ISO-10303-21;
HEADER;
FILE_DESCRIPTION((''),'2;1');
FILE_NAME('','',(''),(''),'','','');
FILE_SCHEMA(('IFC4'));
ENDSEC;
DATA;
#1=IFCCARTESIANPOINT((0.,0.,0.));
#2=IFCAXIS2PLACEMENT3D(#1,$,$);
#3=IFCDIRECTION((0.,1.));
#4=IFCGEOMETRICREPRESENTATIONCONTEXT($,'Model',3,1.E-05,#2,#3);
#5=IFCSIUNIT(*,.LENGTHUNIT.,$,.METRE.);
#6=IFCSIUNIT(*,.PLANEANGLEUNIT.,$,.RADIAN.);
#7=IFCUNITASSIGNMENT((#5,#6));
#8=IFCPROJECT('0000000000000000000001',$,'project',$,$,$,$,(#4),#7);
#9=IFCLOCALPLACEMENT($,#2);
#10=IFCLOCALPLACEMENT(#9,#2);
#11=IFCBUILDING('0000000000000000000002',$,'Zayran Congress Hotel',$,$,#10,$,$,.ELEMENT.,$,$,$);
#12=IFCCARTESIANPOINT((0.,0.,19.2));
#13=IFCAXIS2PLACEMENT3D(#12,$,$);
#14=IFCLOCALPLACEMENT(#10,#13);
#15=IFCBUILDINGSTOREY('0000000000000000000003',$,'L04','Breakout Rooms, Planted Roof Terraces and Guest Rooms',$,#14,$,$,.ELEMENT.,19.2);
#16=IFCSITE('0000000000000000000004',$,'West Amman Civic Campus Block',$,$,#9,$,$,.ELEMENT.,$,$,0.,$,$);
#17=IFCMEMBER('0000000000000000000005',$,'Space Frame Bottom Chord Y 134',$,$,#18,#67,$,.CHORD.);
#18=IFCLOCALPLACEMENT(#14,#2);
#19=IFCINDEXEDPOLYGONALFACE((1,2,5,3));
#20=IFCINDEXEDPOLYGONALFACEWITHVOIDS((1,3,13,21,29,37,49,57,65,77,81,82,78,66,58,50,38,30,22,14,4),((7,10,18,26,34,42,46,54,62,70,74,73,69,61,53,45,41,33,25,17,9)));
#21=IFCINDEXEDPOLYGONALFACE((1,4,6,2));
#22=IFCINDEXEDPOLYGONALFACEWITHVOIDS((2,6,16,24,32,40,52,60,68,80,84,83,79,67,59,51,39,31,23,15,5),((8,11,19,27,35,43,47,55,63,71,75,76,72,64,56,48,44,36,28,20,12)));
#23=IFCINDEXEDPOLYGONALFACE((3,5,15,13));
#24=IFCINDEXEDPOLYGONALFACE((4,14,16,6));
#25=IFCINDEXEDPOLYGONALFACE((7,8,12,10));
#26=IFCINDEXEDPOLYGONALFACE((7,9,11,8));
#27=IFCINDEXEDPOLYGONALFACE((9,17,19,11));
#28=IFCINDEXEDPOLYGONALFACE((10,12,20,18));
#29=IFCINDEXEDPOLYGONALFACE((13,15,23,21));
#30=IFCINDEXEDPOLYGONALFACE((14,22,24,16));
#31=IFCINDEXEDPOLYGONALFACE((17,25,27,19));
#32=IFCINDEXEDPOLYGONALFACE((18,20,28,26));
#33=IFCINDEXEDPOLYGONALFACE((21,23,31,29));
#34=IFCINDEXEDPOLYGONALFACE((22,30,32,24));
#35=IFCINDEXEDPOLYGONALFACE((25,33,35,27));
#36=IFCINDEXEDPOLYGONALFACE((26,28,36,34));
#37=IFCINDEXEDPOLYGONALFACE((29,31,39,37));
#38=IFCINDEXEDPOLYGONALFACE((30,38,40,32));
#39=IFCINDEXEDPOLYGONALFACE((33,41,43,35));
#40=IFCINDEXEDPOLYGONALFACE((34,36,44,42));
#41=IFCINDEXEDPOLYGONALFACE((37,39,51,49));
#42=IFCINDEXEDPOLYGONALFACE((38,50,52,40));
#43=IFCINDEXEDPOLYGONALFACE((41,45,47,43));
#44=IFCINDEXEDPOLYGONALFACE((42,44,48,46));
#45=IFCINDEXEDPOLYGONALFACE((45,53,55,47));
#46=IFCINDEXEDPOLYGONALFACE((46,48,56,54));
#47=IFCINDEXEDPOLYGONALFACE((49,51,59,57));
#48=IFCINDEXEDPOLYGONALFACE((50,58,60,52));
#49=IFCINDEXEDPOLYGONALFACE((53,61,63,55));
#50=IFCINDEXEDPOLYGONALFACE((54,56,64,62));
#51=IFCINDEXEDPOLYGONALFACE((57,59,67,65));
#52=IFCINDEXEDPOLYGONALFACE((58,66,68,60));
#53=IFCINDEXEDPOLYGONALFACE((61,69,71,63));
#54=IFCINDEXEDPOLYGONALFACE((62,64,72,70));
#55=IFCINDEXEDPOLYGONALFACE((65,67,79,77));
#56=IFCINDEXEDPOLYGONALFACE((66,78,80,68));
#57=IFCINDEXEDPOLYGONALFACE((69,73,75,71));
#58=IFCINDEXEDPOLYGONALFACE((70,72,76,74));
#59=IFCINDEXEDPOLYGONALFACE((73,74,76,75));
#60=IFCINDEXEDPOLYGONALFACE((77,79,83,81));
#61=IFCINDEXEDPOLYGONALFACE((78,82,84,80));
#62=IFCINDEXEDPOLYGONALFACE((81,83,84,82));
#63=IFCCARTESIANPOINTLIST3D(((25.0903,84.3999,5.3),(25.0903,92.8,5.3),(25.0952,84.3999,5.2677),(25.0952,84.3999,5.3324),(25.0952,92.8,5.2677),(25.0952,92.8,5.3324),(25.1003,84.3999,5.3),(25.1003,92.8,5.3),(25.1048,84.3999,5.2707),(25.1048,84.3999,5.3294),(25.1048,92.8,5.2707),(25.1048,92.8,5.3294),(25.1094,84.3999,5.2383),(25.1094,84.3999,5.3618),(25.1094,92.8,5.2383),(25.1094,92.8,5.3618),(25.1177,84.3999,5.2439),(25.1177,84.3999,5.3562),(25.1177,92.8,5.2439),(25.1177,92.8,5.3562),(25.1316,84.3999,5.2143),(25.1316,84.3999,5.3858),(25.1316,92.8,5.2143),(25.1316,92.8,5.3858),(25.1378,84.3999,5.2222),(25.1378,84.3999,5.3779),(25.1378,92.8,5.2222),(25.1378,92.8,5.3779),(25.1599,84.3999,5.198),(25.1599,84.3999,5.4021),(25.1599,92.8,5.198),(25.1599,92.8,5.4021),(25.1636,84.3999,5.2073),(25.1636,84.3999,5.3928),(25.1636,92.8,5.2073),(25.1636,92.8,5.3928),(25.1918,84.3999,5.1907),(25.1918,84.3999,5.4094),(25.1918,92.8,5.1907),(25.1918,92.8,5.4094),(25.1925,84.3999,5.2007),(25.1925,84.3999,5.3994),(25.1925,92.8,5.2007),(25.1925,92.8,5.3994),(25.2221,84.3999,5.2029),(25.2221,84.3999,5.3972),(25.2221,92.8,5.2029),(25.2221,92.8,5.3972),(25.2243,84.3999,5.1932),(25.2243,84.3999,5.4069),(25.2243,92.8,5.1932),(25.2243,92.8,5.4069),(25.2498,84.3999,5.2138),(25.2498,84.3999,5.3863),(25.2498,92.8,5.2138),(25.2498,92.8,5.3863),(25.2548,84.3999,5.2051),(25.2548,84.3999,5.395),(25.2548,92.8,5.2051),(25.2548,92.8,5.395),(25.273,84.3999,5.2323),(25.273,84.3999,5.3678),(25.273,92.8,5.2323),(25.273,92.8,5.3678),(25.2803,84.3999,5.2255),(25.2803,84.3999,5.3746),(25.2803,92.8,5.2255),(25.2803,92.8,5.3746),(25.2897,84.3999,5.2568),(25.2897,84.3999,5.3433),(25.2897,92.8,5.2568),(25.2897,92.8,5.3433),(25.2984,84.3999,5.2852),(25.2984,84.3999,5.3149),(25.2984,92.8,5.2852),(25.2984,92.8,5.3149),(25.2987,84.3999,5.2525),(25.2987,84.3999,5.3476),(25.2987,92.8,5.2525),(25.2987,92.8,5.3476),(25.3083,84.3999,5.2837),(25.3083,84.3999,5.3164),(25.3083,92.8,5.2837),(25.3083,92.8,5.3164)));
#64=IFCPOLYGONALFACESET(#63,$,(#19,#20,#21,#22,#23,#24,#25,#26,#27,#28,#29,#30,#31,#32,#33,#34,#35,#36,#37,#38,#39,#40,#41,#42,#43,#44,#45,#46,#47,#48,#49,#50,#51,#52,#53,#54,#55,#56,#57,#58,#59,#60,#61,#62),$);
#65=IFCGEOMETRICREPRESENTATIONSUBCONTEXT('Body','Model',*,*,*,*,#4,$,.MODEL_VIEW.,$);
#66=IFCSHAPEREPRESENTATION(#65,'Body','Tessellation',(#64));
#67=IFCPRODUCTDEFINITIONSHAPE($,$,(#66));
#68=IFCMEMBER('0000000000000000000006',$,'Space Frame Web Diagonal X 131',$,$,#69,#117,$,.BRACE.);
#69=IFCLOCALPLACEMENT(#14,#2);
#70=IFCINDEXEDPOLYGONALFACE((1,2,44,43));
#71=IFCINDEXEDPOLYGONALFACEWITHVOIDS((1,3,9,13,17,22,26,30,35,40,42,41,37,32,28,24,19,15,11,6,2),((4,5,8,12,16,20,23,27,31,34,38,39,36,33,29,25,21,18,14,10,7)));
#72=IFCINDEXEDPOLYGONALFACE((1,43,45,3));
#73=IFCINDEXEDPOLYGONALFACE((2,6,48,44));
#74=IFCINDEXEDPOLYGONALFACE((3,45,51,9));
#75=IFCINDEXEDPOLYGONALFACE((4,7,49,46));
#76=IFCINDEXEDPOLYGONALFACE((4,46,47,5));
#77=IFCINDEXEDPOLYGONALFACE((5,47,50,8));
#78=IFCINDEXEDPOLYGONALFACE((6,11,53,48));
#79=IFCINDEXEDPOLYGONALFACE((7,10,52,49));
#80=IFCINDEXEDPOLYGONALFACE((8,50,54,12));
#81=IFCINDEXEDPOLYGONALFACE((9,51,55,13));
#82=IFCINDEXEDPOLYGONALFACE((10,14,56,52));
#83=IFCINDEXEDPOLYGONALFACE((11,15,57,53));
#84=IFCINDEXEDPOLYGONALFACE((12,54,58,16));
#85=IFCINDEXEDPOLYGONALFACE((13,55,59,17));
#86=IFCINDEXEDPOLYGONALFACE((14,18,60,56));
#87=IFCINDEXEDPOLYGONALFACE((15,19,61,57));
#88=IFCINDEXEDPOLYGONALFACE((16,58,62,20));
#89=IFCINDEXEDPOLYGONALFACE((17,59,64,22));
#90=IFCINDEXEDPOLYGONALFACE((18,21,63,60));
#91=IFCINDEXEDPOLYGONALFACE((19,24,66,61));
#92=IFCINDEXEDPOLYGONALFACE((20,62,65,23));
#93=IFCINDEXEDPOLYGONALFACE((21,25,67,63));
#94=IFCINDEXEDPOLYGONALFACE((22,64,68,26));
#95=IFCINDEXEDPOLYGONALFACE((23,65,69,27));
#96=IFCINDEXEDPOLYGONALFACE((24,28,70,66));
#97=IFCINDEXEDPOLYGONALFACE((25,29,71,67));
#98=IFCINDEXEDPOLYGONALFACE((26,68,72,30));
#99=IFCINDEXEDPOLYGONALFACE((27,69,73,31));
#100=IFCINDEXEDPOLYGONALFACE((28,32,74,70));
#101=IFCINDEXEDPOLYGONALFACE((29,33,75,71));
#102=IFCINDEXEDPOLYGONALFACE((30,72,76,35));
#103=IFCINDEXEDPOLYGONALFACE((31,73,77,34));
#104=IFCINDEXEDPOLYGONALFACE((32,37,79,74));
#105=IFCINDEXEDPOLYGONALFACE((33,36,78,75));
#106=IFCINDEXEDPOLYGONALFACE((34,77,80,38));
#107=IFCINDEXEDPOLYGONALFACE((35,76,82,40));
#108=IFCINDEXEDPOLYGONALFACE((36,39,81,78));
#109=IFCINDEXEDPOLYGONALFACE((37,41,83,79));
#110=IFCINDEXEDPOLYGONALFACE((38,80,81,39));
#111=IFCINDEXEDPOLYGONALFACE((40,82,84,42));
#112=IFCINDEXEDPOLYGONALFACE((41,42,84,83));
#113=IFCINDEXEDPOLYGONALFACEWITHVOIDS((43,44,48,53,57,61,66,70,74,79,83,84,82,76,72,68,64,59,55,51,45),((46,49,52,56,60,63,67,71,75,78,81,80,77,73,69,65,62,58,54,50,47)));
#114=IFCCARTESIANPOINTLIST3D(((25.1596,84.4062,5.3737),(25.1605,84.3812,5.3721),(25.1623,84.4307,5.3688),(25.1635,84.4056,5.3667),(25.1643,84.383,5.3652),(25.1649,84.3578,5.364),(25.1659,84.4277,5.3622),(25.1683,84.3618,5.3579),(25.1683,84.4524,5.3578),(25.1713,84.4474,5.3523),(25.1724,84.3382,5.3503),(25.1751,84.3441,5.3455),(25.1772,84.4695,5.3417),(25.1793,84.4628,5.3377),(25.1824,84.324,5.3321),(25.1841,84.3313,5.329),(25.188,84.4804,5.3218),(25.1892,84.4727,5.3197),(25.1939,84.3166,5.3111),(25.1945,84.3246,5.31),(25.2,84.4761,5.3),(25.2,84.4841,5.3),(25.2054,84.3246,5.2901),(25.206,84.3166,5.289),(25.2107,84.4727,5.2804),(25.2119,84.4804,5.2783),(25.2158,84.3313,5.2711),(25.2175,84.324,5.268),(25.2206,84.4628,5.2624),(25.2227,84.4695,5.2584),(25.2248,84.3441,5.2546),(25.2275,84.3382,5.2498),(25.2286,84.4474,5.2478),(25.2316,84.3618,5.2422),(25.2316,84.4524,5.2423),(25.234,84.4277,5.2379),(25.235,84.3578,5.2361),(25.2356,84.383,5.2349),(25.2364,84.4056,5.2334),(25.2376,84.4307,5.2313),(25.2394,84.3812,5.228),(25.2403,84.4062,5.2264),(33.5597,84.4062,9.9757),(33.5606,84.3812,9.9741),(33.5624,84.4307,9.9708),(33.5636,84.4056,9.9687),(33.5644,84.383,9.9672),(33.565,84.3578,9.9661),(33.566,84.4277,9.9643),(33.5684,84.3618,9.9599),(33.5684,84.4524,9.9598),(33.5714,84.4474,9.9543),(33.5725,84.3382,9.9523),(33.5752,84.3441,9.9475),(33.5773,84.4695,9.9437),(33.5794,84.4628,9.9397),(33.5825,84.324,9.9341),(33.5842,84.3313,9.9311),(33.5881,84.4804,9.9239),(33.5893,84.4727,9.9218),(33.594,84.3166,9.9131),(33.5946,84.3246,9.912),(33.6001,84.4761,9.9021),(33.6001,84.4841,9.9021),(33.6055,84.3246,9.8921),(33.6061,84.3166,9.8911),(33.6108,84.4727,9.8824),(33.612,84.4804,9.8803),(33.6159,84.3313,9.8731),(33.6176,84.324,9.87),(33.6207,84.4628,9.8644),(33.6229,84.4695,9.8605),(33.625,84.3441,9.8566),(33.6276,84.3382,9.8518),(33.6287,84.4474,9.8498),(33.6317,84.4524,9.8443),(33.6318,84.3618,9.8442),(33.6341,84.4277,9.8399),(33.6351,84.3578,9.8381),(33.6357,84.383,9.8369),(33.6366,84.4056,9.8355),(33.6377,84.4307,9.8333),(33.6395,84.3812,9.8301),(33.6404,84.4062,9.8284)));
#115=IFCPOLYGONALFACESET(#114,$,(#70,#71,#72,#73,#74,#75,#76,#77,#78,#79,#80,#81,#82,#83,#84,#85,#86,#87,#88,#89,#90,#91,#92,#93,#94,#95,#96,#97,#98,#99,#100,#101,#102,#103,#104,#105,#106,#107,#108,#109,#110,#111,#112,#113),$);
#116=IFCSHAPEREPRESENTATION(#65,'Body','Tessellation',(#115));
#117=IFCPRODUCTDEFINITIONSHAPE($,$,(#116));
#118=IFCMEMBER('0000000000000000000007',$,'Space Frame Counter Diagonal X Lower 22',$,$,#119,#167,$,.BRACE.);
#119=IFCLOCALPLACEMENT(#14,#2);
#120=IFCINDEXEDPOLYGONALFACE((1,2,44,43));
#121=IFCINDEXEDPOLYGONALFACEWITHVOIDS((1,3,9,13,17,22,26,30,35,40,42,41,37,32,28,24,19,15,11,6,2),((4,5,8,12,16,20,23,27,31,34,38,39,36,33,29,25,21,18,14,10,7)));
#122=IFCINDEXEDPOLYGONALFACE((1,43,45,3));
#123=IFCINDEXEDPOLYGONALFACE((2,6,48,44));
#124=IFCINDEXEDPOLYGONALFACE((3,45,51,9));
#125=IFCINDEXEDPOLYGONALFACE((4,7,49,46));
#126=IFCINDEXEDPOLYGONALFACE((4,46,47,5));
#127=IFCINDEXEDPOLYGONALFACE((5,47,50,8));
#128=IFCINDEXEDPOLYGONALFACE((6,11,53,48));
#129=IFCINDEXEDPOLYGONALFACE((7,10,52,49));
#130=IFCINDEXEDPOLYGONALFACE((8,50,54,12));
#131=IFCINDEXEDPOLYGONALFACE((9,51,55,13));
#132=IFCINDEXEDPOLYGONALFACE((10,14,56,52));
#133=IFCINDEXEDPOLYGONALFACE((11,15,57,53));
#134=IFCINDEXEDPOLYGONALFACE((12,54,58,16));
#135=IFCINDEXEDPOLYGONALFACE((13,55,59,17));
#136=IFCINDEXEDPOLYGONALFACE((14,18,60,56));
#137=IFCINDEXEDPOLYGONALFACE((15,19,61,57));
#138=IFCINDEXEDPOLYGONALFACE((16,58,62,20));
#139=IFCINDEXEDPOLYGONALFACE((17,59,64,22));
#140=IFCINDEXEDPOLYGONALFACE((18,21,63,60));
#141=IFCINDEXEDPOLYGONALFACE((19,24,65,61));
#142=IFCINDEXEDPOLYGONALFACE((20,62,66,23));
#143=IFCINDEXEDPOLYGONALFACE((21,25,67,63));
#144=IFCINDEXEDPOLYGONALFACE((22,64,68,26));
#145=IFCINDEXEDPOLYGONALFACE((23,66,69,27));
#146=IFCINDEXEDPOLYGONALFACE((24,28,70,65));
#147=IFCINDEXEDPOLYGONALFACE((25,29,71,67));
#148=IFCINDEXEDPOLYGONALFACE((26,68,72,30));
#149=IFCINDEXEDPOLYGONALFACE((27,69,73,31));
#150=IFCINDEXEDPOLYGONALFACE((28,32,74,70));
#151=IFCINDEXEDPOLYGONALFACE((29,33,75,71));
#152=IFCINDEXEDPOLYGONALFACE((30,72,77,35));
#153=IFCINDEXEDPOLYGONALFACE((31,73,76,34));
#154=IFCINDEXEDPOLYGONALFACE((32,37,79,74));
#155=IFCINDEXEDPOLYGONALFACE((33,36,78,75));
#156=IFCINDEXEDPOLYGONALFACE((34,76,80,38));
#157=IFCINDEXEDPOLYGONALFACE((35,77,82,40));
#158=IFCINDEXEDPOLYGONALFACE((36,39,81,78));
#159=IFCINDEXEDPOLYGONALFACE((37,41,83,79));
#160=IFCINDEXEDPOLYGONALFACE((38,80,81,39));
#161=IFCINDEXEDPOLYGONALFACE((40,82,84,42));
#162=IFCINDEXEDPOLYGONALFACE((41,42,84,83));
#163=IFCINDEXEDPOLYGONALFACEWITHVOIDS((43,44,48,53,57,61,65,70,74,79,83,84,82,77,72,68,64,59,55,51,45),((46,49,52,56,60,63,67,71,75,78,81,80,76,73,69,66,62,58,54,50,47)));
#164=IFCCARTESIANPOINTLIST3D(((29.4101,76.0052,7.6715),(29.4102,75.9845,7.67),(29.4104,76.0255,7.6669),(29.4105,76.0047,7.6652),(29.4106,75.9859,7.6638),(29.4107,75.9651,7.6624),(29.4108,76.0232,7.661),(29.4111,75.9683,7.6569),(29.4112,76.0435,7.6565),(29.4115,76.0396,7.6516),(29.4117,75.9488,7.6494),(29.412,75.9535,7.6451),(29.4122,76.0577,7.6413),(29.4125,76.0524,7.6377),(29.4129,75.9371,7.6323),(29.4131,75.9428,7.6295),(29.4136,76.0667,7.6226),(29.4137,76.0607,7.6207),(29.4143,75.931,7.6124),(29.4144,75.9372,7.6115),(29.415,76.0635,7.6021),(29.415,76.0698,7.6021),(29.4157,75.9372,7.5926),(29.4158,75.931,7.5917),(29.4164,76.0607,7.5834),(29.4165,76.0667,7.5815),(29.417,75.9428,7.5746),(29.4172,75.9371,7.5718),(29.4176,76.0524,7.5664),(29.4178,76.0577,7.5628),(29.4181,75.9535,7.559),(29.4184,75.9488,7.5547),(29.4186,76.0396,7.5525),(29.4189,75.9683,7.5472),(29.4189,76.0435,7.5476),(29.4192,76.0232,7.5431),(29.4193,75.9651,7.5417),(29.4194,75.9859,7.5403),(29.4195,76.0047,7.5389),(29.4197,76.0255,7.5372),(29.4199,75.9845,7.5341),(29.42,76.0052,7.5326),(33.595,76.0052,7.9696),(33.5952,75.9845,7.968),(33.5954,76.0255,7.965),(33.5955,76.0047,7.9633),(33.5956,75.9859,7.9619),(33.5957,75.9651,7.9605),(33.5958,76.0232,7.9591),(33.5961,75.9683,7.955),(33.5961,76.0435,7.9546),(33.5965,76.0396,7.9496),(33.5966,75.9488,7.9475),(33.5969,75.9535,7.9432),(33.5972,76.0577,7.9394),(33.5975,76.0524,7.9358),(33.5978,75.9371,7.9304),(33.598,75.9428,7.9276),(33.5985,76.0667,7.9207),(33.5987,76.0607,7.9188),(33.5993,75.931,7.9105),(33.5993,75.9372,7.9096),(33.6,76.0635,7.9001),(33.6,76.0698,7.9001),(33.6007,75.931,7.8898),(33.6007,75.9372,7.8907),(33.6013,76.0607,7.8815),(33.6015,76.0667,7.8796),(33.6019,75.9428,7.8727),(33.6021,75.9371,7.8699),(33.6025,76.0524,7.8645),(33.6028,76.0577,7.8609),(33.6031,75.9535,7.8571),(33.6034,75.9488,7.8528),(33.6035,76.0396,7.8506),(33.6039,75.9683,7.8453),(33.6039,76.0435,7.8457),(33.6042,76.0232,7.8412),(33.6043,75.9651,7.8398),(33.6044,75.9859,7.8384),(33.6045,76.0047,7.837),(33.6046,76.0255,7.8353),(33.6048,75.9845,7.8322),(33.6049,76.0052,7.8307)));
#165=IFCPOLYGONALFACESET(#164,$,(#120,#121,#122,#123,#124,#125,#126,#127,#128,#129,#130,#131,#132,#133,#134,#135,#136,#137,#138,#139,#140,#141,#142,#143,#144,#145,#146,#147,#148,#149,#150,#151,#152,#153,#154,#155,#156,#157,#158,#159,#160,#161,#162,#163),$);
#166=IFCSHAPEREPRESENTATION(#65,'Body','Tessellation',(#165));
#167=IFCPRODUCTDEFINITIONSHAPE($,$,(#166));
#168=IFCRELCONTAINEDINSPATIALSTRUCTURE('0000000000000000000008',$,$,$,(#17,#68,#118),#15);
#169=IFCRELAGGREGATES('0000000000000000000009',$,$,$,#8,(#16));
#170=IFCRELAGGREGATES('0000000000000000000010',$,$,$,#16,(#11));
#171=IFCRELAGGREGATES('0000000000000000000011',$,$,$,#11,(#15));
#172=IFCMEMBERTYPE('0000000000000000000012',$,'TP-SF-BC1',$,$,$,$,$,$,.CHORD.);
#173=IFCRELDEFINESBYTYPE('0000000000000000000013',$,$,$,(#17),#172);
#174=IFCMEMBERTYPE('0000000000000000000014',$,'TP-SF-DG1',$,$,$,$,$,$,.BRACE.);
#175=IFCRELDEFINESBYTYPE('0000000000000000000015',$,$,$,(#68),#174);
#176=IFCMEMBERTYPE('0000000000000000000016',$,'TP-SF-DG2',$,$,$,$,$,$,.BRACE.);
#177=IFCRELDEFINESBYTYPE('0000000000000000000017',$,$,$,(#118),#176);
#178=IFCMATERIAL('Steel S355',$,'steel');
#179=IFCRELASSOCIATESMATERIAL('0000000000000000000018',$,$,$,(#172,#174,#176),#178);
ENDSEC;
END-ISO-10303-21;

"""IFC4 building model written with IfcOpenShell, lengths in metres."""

from ifc_helpers import new_model, si_unit, direction, frame, origin, origin_2d, place, context, subcontext, project, spatial, hollow_circle, extrude, material, material_profile, profile_set, type_object, element, save


model = new_model("IFC4")

# Units and contexts
model_context = context("Model", 3, precision=1e-05, world=origin(), true_north=direction((0.0, 1.0)))
body_context = subcontext(model_context, "Body", "Model", "MODEL_VIEW")
ifc_project = project(units=[si_unit("LENGTHUNIT", "METRE"), si_unit("PLANEANGLEUNIT", "RADIAN")], contexts=[model_context])

# Site, building, storey
site_placement = place(None, origin())
site = spatial("IfcSite", under=ifc_project, at=site_placement, Name="West Amman Civic Campus Block", CompositionType="ELEMENT", RefElevation=0.0)
building_placement = place(site_placement, origin())
building = spatial("IfcBuilding", under=site, at=building_placement, Name="Zayran Congress Hotel", CompositionType="ELEMENT")
storey_placement = place(building_placement, frame((0.0, 0.0, 19.2)))
storey = spatial("IfcBuildingStorey", under=building, at=storey_placement, Name="L04", Description="Breakout Rooms, Planted Roof Terraces and Guest Rooms", CompositionType="ELEMENT", Elevation=19.2)

# Members
ifc_material_1 = material(Name="Steel S355", Category="steel")
ifc_material_profile_1 = material_profile(ifc_material_1, hollow_circle(Radius=0.1096, WallThickness=0.01, at=origin_2d()), Name="CHS 219.1x10")
ifc_profile_set_1 = profile_set([ifc_material_profile_1], Name="Steel S355")
member_type_1 = type_object("IfcMemberType", Name="TP-SF-BC1", PredefinedType="CHORD", material=ifc_profile_set_1)
member_1_placement = place(storey_placement, frame((25.2, 84.3999, 5.3), z_axis=(0.0, 1.0, 0.0), x_axis=(-1.0, 0.0, 0.0)))
element("IfcMember", 1, at=member_1_placement, inside=storey, type_object=member_type_1, Name="Space Frame Bottom Chord Y 134", PredefinedType="CHORD", context=body_context, shape_type="SweptSolid", body=[
    extrude(hollow_circle(Radius=0.1096, WallThickness=0.01, at=origin_2d()), origin(), (0.0, 0.0, 1.0), 8.4001),
])
ifc_material_profile_2 = material_profile(ifc_material_1, hollow_circle(Radius=0.0842, WallThickness=0.0081, at=origin_2d()), Name="CHS 168.3x8")
ifc_profile_set_2 = profile_set([ifc_material_profile_2], Name="Steel S355")
member_type_2 = type_object("IfcMemberType", Name="TP-SF-DG1", PredefinedType="BRACE", material=ifc_profile_set_2)
member_2_placement = place(storey_placement, frame((25.2, 84.3999, 5.3), z_axis=(0.87701, 0.0, 0.480473), x_axis=(0.0, 1.0, 0.0)))
element("IfcMember", 2, at=member_2_placement, inside=storey, type_object=member_type_2, Name="Space Frame Web Diagonal X 131", PredefinedType="BRACE", context=body_context, shape_type="SweptSolid", body=[
    extrude(hollow_circle(Radius=0.0842, WallThickness=0.0081, at=origin_2d()), origin(), (0.0, 0.0, 1.0), 9.5781),
])
ifc_material_profile_3 = material_profile(ifc_material_1, hollow_circle(Radius=0.0698, WallThickness=0.0063, at=origin_2d()), Name="CHS 139.7x6.3")
ifc_profile_set_3 = profile_set([ifc_material_profile_3], Name="Steel S355")
member_type_3 = type_object("IfcMemberType", Name="TP-SF-DG2", PredefinedType="BRACE", material=ifc_profile_set_3)
for number, where, z_axis, x_axis, name in (
    (3, (29.415, 76.0, 7.6021), (0.997473, 0.0, 0.071049), (0.0, 1.0, 0.0), "Space Frame Counter Diagonal X Lower 22"),
):
    element("IfcMember", number, at=place(storey_placement, frame(where, z_axis=z_axis, x_axis=x_axis)), inside=storey, type_object=member_type_3, Name=name, PredefinedType="BRACE", context=body_context, shape_type="SweptSolid", body=[
        extrude(hollow_circle(Radius=0.0698, WallThickness=0.0063, at=origin_2d()), origin(), (0.0, 0.0, 1.0), 4.1956),
    ])

save(model, "model.ifc")
